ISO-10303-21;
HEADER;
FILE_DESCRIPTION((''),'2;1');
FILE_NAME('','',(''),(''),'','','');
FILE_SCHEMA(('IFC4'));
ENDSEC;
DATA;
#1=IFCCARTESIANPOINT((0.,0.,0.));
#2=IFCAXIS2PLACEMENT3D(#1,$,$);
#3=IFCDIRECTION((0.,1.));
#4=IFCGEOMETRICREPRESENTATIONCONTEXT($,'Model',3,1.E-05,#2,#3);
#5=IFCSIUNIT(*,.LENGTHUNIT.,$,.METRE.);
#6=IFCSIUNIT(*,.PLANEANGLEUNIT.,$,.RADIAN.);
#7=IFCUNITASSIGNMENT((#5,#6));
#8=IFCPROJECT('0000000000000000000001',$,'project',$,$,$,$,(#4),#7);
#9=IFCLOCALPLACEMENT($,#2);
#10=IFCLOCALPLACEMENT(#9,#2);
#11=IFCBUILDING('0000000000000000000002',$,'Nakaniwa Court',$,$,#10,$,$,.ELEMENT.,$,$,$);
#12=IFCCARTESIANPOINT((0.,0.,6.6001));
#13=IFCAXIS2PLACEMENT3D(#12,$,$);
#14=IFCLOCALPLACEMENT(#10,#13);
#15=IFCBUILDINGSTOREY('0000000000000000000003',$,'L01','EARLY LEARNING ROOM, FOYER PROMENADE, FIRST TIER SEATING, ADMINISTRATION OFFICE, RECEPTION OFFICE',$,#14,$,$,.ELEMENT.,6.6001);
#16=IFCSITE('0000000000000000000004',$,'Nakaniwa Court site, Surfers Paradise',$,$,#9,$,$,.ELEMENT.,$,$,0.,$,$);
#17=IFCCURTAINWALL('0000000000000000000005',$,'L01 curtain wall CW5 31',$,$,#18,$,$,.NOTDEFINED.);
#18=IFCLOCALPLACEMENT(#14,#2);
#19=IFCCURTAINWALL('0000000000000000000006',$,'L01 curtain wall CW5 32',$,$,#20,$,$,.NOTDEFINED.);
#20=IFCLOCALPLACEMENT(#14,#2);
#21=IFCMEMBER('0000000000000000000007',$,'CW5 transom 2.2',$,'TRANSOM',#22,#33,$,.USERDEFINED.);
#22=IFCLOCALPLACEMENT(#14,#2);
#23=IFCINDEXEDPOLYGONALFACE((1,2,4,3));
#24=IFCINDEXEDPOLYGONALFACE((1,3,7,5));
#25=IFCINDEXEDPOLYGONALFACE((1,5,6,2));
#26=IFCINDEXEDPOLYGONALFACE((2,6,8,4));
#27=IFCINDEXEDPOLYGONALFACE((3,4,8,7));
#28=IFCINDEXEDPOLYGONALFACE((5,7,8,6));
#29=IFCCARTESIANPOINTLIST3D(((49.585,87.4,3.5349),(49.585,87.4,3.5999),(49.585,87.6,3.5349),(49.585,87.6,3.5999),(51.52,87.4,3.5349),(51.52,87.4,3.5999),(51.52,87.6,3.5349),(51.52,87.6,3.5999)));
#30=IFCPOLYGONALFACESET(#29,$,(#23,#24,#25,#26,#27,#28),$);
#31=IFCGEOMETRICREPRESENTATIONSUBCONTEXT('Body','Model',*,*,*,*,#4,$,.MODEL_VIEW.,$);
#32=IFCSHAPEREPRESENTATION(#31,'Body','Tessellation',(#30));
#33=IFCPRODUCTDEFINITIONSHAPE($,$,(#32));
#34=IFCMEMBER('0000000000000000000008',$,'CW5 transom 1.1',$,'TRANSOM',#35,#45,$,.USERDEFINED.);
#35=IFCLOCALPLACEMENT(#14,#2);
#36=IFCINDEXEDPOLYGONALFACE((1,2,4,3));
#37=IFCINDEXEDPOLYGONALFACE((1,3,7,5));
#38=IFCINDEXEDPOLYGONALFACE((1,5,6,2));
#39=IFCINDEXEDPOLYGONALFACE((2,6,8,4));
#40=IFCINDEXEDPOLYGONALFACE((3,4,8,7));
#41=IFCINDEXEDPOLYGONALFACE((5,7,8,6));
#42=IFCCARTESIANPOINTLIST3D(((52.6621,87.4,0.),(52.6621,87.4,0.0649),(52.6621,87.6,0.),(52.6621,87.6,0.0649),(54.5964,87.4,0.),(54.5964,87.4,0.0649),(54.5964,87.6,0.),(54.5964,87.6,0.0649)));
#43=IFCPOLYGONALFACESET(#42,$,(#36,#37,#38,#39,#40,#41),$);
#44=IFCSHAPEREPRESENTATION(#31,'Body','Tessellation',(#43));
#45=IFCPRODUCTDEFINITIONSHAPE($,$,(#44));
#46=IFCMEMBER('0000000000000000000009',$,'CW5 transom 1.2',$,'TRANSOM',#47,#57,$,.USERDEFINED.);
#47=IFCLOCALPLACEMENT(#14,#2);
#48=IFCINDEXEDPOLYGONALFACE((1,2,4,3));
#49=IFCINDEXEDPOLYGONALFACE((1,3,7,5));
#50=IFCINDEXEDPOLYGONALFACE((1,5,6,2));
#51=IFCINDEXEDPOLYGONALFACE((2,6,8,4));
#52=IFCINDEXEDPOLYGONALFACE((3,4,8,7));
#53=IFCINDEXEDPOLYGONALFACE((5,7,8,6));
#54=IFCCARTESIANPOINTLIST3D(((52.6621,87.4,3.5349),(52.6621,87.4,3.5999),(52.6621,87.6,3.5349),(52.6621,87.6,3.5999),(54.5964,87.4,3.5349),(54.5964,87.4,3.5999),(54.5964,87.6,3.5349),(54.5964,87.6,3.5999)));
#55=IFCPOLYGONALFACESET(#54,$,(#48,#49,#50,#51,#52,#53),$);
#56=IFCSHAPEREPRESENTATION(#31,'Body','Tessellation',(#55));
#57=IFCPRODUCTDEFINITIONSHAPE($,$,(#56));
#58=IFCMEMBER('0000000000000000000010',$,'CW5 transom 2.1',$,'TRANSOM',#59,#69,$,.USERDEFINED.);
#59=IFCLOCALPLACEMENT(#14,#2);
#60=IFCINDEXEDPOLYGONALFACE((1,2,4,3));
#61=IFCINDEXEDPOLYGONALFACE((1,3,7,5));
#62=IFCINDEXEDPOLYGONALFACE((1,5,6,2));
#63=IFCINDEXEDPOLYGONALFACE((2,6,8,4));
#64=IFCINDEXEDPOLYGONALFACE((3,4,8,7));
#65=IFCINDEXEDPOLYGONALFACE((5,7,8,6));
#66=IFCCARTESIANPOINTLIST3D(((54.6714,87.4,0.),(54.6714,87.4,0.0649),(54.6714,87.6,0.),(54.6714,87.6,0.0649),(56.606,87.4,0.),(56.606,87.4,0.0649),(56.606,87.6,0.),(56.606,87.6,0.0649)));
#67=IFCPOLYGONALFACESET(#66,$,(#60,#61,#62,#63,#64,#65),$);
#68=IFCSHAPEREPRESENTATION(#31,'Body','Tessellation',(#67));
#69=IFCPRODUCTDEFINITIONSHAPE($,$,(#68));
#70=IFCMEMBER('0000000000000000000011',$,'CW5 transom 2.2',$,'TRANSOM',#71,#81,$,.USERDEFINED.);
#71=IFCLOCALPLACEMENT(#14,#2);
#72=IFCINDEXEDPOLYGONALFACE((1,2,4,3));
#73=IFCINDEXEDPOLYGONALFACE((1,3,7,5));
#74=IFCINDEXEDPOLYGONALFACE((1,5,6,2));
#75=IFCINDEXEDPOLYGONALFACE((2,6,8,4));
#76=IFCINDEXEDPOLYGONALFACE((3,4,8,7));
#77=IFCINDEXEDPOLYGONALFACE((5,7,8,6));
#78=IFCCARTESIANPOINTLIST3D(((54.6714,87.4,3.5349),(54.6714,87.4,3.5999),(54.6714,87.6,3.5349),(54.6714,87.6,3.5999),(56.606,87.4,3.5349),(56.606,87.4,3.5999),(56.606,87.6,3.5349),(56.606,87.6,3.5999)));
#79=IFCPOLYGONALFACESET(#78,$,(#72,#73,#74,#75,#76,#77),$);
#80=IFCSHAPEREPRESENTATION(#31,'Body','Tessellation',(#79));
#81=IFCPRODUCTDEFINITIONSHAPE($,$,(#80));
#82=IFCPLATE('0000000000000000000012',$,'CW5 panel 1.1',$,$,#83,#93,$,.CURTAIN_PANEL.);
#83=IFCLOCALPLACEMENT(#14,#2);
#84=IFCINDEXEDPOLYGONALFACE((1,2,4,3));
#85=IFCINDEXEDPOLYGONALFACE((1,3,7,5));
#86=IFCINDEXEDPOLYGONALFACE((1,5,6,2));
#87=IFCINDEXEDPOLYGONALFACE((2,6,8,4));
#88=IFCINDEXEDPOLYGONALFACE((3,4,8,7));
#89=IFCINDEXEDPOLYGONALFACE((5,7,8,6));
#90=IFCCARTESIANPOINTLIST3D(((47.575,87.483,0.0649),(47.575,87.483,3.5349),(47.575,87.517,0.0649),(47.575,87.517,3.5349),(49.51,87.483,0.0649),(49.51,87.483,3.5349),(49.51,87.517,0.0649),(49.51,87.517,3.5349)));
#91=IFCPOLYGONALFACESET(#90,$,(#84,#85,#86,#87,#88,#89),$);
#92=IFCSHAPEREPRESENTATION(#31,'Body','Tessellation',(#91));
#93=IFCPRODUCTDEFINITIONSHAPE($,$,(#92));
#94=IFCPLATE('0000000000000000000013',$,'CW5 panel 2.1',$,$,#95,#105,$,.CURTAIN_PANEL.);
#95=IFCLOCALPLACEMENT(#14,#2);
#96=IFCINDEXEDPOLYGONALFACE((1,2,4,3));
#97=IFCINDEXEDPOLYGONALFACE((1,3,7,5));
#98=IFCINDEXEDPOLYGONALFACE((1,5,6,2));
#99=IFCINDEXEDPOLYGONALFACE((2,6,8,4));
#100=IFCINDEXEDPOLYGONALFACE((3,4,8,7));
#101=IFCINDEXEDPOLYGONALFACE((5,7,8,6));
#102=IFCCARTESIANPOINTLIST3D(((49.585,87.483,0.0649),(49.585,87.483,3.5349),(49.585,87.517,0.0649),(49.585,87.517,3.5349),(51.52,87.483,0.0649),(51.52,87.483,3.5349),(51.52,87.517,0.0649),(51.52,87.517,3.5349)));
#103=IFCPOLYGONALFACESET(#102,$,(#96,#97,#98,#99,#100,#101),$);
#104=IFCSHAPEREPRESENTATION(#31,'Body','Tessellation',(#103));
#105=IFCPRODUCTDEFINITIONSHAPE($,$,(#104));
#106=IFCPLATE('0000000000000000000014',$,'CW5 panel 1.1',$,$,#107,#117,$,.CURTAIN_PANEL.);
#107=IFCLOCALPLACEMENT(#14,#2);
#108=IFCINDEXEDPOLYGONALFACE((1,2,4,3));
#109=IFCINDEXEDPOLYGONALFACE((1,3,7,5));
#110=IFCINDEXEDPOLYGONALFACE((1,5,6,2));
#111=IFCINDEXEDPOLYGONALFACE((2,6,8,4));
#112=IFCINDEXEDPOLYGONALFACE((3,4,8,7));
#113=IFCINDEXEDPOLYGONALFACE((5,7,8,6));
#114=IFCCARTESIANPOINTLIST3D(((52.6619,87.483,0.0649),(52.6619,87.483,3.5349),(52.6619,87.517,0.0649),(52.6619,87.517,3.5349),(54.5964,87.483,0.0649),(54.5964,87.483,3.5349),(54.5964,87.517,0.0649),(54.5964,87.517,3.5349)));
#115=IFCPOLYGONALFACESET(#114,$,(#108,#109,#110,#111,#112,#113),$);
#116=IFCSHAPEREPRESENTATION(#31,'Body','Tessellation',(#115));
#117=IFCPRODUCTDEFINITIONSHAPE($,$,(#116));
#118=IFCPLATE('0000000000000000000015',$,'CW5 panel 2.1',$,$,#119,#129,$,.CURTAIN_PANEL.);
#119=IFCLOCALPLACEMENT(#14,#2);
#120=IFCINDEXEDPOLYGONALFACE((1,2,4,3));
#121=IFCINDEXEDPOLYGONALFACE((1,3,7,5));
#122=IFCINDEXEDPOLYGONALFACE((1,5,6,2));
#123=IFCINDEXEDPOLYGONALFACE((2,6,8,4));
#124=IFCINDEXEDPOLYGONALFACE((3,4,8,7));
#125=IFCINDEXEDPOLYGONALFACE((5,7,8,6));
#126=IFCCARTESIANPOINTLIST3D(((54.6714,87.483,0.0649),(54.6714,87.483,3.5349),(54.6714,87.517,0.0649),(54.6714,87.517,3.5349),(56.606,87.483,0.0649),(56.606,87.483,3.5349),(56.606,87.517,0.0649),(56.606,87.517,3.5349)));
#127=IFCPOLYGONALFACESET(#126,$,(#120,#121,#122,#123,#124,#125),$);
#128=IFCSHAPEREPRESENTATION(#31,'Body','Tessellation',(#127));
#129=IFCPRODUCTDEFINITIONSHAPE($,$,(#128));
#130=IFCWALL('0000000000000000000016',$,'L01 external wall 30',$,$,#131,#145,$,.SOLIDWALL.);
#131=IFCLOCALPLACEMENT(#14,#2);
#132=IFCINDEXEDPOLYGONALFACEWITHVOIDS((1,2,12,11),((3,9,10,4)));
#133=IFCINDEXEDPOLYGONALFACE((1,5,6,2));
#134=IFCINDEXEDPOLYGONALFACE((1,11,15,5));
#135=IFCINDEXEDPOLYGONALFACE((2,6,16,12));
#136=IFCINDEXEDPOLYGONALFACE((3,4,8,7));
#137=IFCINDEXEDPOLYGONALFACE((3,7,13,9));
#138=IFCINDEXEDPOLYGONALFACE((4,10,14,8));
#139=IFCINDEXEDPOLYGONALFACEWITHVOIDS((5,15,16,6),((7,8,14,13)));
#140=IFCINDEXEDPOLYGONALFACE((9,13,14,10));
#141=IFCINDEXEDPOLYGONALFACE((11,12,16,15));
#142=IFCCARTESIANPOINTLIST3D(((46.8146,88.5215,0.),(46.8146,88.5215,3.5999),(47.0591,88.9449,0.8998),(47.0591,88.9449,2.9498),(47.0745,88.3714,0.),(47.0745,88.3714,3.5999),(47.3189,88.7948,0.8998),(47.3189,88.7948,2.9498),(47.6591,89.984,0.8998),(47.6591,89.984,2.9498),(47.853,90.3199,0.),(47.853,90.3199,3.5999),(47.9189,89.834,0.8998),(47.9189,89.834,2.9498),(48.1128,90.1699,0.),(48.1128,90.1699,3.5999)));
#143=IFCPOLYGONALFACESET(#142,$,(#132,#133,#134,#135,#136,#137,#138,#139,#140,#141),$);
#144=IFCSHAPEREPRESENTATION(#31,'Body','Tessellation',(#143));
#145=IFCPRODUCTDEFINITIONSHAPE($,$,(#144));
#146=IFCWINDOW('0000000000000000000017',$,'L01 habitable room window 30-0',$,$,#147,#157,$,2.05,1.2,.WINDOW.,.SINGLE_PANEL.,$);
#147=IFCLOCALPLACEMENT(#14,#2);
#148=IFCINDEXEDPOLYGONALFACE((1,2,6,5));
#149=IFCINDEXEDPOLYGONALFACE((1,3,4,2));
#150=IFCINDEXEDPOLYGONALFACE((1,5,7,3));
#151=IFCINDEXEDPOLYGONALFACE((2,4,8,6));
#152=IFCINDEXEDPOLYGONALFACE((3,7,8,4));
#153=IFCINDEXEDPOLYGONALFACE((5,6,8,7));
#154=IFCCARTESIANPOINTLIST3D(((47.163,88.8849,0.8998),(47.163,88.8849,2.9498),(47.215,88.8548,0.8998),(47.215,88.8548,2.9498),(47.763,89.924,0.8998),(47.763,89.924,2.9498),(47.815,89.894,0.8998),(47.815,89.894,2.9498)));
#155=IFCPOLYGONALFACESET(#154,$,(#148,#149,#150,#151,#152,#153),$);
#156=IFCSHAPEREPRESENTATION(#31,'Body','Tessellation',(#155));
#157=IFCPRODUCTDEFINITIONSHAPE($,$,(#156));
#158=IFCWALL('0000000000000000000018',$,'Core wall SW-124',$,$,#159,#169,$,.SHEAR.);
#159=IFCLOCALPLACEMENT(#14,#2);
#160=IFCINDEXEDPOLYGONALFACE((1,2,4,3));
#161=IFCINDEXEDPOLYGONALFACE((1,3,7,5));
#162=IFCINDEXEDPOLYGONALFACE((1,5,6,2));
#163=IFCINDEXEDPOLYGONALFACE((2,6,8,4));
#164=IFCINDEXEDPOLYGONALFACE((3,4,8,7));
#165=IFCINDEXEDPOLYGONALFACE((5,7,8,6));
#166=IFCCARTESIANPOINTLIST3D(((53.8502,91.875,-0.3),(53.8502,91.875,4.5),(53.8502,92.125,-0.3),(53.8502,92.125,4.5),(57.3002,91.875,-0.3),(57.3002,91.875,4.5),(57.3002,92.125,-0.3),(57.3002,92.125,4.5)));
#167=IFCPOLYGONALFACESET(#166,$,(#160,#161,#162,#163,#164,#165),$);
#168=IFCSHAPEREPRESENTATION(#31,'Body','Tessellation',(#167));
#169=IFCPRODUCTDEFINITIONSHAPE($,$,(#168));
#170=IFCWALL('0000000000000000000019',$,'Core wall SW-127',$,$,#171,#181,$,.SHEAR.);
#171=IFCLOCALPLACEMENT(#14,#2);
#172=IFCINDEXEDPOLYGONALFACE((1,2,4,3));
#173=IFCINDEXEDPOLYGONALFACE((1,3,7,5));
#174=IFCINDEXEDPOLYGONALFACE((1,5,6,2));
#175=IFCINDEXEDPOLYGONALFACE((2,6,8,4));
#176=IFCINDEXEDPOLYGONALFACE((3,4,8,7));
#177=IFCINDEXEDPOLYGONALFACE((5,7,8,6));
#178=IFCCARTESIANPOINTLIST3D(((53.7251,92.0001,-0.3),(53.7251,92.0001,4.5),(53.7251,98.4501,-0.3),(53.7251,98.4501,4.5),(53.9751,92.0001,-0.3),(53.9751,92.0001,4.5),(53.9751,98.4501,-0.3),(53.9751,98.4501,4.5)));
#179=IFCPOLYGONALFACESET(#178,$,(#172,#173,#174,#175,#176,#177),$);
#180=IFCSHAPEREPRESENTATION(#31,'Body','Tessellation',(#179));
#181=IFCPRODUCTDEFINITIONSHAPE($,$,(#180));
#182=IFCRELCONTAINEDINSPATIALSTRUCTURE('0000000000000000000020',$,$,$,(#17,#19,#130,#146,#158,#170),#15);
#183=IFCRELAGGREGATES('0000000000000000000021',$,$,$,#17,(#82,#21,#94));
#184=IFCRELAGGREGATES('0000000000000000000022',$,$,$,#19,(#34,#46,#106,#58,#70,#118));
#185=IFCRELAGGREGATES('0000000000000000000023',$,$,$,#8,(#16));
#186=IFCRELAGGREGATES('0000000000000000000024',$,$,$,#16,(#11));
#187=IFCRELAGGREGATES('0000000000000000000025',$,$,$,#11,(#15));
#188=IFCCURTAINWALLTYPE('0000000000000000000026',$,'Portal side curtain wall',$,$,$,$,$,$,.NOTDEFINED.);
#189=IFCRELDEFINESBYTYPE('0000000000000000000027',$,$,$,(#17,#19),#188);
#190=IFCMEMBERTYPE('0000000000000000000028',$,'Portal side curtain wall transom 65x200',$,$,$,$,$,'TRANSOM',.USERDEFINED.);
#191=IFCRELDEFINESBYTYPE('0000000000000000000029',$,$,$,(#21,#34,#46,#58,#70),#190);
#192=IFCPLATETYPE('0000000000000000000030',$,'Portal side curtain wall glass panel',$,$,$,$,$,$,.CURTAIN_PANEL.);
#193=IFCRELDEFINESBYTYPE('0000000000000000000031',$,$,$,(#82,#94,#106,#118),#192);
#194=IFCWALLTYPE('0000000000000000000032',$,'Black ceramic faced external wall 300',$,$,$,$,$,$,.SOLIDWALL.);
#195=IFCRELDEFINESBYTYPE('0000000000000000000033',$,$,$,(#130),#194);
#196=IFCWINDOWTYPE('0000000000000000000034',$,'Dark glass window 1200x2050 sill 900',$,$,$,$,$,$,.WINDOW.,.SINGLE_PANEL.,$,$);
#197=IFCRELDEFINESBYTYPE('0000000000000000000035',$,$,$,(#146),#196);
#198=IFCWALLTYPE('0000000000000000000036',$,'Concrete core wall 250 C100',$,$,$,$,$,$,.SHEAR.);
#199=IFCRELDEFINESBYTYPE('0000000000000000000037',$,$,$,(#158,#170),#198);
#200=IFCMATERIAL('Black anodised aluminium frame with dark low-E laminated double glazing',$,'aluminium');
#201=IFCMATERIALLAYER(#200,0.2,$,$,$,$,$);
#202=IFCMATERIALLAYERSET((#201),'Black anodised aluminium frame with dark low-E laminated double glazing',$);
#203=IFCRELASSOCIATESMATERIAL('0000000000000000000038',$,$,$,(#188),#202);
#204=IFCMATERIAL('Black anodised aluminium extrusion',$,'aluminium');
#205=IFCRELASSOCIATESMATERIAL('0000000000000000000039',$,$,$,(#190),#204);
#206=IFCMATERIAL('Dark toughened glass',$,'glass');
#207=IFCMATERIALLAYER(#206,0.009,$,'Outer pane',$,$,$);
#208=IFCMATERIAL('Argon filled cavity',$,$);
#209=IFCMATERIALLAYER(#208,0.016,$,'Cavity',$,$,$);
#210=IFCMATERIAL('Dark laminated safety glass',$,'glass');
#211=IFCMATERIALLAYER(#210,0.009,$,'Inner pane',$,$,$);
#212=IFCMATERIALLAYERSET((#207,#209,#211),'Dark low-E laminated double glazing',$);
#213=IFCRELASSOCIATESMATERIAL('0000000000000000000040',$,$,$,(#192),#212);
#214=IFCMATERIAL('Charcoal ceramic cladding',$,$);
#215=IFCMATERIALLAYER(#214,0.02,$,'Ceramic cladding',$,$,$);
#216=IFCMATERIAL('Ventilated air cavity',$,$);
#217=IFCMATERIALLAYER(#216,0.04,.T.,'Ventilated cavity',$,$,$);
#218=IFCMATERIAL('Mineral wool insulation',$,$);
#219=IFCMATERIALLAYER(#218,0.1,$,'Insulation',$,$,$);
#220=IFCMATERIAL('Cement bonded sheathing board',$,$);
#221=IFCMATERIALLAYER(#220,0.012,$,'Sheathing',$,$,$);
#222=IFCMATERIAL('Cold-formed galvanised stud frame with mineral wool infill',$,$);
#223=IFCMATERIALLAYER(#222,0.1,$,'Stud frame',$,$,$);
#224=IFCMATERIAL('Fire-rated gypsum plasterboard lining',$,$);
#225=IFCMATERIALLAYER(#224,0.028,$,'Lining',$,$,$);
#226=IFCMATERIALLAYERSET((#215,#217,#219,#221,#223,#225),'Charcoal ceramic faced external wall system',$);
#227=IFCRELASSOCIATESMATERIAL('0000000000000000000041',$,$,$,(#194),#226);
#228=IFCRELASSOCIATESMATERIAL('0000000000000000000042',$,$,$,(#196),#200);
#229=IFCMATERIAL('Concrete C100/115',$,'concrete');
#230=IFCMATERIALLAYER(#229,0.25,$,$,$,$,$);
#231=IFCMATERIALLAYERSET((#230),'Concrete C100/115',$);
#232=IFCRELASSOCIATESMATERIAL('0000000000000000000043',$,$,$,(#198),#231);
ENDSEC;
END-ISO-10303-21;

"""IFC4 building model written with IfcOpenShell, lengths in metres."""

from ifc_helpers import new_model, si_unit, direction, frame, frame_2d, origin, origin_2d, place, context, subcontext, project, spatial, rectangle, extrude, material, layer, layer_set, material_profile, profile_set, type_object, element, fill, aggregate, save


model = new_model("IFC4")

# Units and contexts
model_context = context("Model", 3, precision=1e-05, world=origin(), true_north=direction((0.0, 1.0)))
body_context = subcontext(model_context, "Body", "Model", "MODEL_VIEW")
ifc_project = project(units=[si_unit("LENGTHUNIT", "METRE"), si_unit("PLANEANGLEUNIT", "RADIAN")], contexts=[model_context])

# Site, building, storey
site_placement = place(None, origin())
site = spatial("IfcSite", under=ifc_project, at=site_placement, Name="Nakaniwa Court site, Surfers Paradise", CompositionType="ELEMENT", RefElevation=0.0)
building_placement = place(site_placement, origin())
building = spatial("IfcBuilding", under=site, at=building_placement, Name="Nakaniwa Court", CompositionType="ELEMENT")
storey_placement = place(building_placement, frame((0.0, 0.0, 6.6001)))
storey = spatial("IfcBuildingStorey", under=building, at=storey_placement, Name="L01", Description="EARLY LEARNING ROOM, FOYER PROMENADE, FIRST TIER SEATING, ADMINISTRATION OFFICE, RECEPTION OFFICE", CompositionType="ELEMENT", Elevation=6.6001)

# Shared definitions
ifc_material_1 = material(Name="Concrete C100/115", Category="concrete")

# Curtain walls
ifc_material_2 = material(Name="Black anodised aluminium frame with dark low-E laminated double glazing", Category="aluminium")
ifc_layer_1 = layer(ifc_material_2, 0.2)
ifc_layer_set_1 = layer_set([ifc_layer_1], Name="Black anodised aluminium frame with dark low-E laminated double glazing")
curtain_wall_type = type_object("IfcCurtainWallType", Name="Portal side curtain wall", PredefinedType="NOTDEFINED", material=ifc_layer_set_1)
curtain_wall_1_placement = place(storey_placement, origin())
curtain_wall_1 = element("IfcCurtainWall", 1, at=curtain_wall_1_placement, inside=storey, type_object=curtain_wall_type, Name="L01 curtain wall CW5 31", PredefinedType="NOTDEFINED")
ifc_material_3 = material(Name="Black anodised aluminium extrusion", Category="aluminium")
curtain_wall_2_placement = place(storey_placement, origin())
curtain_wall_2 = element("IfcCurtainWall", 2, at=curtain_wall_2_placement, inside=storey, type_object=curtain_wall_type, Name="L01 curtain wall CW5 32", PredefinedType="NOTDEFINED")

# Members
ifc_material_profile_1 = material_profile(ifc_material_3, rectangle(XDim=0.2, YDim=0.0649, at=origin_2d()), Name="Portal side curtain wall transom 65x200")
ifc_profile_set_1 = profile_set([ifc_material_profile_1], Name="Black anodised aluminium extrusion")
member_type_1 = type_object("IfcMemberType", Name="Portal side curtain wall transom 65x200", ElementType="TRANSOM", PredefinedType="USERDEFINED", material=ifc_profile_set_1)
member_1_placement = place(storey_placement, frame((49.585, 87.5, 3.5674), z_axis=(1.0, 0.0, 0.0), x_axis=(0.0, 1.0, 0.0)))
member_1 = element("IfcMember", 3, at=member_1_placement, type_object=member_type_1, Name="CW5 transom 2.2", ObjectType="TRANSOM", PredefinedType="USERDEFINED", context=body_context, shape_type="SweptSolid", body=[
    extrude(rectangle(XDim=0.2, YDim=0.0649, at=origin_2d()), origin(), (0.0, 0.0, 1.0), 1.9351),
])
member_2_placement = place(storey_placement, frame((52.6621, 87.5, 0.0325), z_axis=(1.0, 0.0, 0.0), x_axis=(0.0, 1.0, 0.0)))
member_2 = element("IfcMember", 4, at=member_2_placement, type_object=member_type_1, Name="CW5 transom 1.1", ObjectType="TRANSOM", PredefinedType="USERDEFINED", context=body_context, shape_type="SweptSolid", body=[
    extrude(rectangle(XDim=0.2, YDim=0.0649, at=origin_2d()), origin(), (0.0, 0.0, 1.0), 1.9343),
])
member_3_placement = place(storey_placement, frame((52.6621, 87.5, 3.5674), z_axis=(1.0, 0.0, 0.0), x_axis=(0.0, 1.0, 0.0)))
member_3 = element("IfcMember", 5, at=member_3_placement, type_object=member_type_1, Name="CW5 transom 1.2", ObjectType="TRANSOM", PredefinedType="USERDEFINED", context=body_context, shape_type="SweptSolid", body=[
    extrude(rectangle(XDim=0.2, YDim=0.0649, at=origin_2d()), origin(), (0.0, 0.0, 1.0), 1.9343),
])
member_4_placement = place(storey_placement, frame((54.6714, 87.5, 0.0325), z_axis=(1.0, 0.0, 0.0), x_axis=(0.0, 1.0, 0.0)))
member_4 = element("IfcMember", 6, at=member_4_placement, type_object=member_type_1, Name="CW5 transom 2.1", ObjectType="TRANSOM", PredefinedType="USERDEFINED", context=body_context, shape_type="SweptSolid", body=[
    extrude(rectangle(XDim=0.2, YDim=0.0649, at=origin_2d()), origin(), (0.0, 0.0, 1.0), 1.9346),
])
member_5_placement = place(storey_placement, frame((54.6714, 87.5, 3.5674), z_axis=(1.0, 0.0, 0.0), x_axis=(0.0, 1.0, 0.0)))
member_5 = element("IfcMember", 7, at=member_5_placement, type_object=member_type_1, Name="CW5 transom 2.2", ObjectType="TRANSOM", PredefinedType="USERDEFINED", context=body_context, shape_type="SweptSolid", body=[
    extrude(rectangle(XDim=0.2, YDim=0.0649, at=origin_2d()), origin(), (0.0, 0.0, 1.0), 1.9346),
])

# Plates
ifc_material_4 = material(Name="Dark toughened glass", Category="glass")
ifc_layer_2 = layer(ifc_material_4, 0.009, Name="Outer pane")
ifc_material_5 = material(Name="Argon filled cavity")
ifc_layer_3 = layer(ifc_material_5, 0.016, Name="Cavity")
ifc_material_6 = material(Name="Dark laminated safety glass", Category="glass")
ifc_layer_4 = layer(ifc_material_6, 0.009, Name="Inner pane")
ifc_layer_set_2 = layer_set([ifc_layer_2, ifc_layer_3, ifc_layer_4], Name="Dark low-E laminated double glazing")
plate_type = type_object("IfcPlateType", Name="Portal side curtain wall glass panel", PredefinedType="CURTAIN_PANEL", material=ifc_layer_set_2)
plate_1_placement = place(storey_placement, frame((48.5425, 87.5, 0.0649), z_axis=(0.0, 0.0, 1.0), x_axis=(1.0, 0.0, 0.0)))
plate_1 = element("IfcPlate", 8, at=plate_1_placement, type_object=plate_type, Name="CW5 panel 1.1", PredefinedType="CURTAIN_PANEL", context=body_context, shape_type="SweptSolid", body=[
    extrude(rectangle(XDim=1.9351, YDim=0.0339, at=origin_2d()), origin(), (0.0, 0.0, 1.0), 3.47),
])
plate_2_placement = place(storey_placement, frame((50.5525, 87.5, 0.0649), z_axis=(0.0, 0.0, 1.0), x_axis=(1.0, 0.0, 0.0)))
plate_2 = element("IfcPlate", 9, at=plate_2_placement, type_object=plate_type, Name="CW5 panel 2.1", PredefinedType="CURTAIN_PANEL", context=body_context, shape_type="SweptSolid", body=[
    extrude(rectangle(XDim=1.9351, YDim=0.0339, at=origin_2d()), origin(), (0.0, 0.0, 1.0), 3.47),
])
aggregate(curtain_wall_1, [plate_1, member_1, plate_2])
plate_3_placement = place(storey_placement, frame((53.6292, 87.5, 0.0649), z_axis=(0.0, 0.0, 1.0), x_axis=(1.0, 0.0, 0.0)))
plate_3 = element("IfcPlate", 10, at=plate_3_placement, type_object=plate_type, Name="CW5 panel 1.1", PredefinedType="CURTAIN_PANEL", context=body_context, shape_type="SweptSolid", body=[
    extrude(rectangle(XDim=1.9346, YDim=0.0339, at=origin_2d()), origin(), (0.0, 0.0, 1.0), 3.47),
])
plate_4_placement = place(storey_placement, frame((55.6387, 87.5, 0.0649), z_axis=(0.0, 0.0, 1.0), x_axis=(1.0, 0.0, 0.0)))
plate_4 = element("IfcPlate", 11, at=plate_4_placement, type_object=plate_type, Name="CW5 panel 2.1", PredefinedType="CURTAIN_PANEL", context=body_context, shape_type="SweptSolid", body=[
    extrude(rectangle(XDim=1.9346, YDim=0.0339, at=origin_2d()), origin(), (0.0, 0.0, 1.0), 3.47),
])
aggregate(curtain_wall_2, [member_2, member_3, plate_3, member_4, member_5, plate_4])

# Wall, opening, window
ifc_material_7 = material(Name="Charcoal ceramic cladding")
ifc_layer_5 = layer(ifc_material_7, 0.02, Name="Ceramic cladding")
ifc_material_8 = material(Name="Ventilated air cavity")
ifc_layer_6 = layer(ifc_material_8, 0.04, ventilated=True, Name="Ventilated cavity")
ifc_material_9 = material(Name="Mineral wool insulation")
ifc_layer_7 = layer(ifc_material_9, 0.1, Name="Insulation")
ifc_material_10 = material(Name="Cement bonded sheathing board")
ifc_layer_8 = layer(ifc_material_10, 0.012, Name="Sheathing")
ifc_material_11 = material(Name="Cold-formed galvanised stud frame with mineral wool infill")
ifc_layer_9 = layer(ifc_material_11, 0.1, Name="Stud frame")
ifc_material_12 = material(Name="Fire-rated gypsum plasterboard lining")
ifc_layer_10 = layer(ifc_material_12, 0.028, Name="Lining")
ifc_layer_set_3 = layer_set([ifc_layer_5, ifc_layer_6, ifc_layer_7, ifc_layer_8, ifc_layer_9, ifc_layer_10], Name="Charcoal ceramic faced external wall system")
wall_type_1 = type_object("IfcWallType", Name="Black ceramic faced external wall 300", PredefinedType="SOLIDWALL", material=ifc_layer_set_3)
wall_1_placement = place(storey_placement, frame((47.9829, 90.2449, 0.0), z_axis=(0.0, 0.0, 1.0), x_axis=(-0.500021, -0.866013, 0.0)))
wall_1 = element("IfcWall", 12, at=wall_1_placement, inside=storey, type_object=wall_type_1, Name="L01 external wall 30", PredefinedType="SOLIDWALL", context=body_context, shape_type="SweptSolid", body=[
    extrude(rectangle(XDim=2.0767, YDim=0.3, at=frame_2d((1.0383, 0.0))), origin(), (0.0, 0.0, 1.0), 3.5999),
])
opening_placement = place(wall_1_placement, frame((0.3877, 0.0, 0.8999)))
opening = element("IfcOpeningElement", 13, at=opening_placement, cuts=wall_1, PredefinedType="OPENING", context=body_context, shape_type="SweptSolid", body=[
    extrude(rectangle(XDim=1.2, YDim=2.05, at=frame_2d((0.6001, 1.0249))), frame((0.0, 0.1599, 0.0), z_axis=(0.0, -1.0, 0.0), x_axis=(1.0, 0.0, 0.0)), (0.0, 0.0, 1.0), 0.3201),
])
window_type = type_object("IfcWindowType", Name="Dark glass window 1200x2050 sill 900", PartitioningType="SINGLE_PANEL", PredefinedType="WINDOW", material=ifc_material_2)
window_placement = place(opening_placement, origin())
window = element("IfcWindow", 14, at=window_placement, inside=storey, type_object=window_type, Name="L01 habitable room window 30-0", OverallHeight=2.05, OverallWidth=1.2, PartitioningType="SINGLE_PANEL", PredefinedType="WINDOW", context=body_context, shape_type="SweptSolid", body=[
    extrude(rectangle(XDim=1.2, YDim=2.05, at=frame_2d((0.6001, 1.0249))), frame((0.0, 0.03, 0.0), z_axis=(0.0, -1.0, 0.0), x_axis=(1.0, 0.0, 0.0)), (0.0, 0.0, 1.0), 0.0601),
])
fill(opening, window)

# Walls
ifc_layer_11 = layer(ifc_material_1, 0.25)
ifc_layer_set_4 = layer_set([ifc_layer_11], Name="Concrete C100/115")
wall_type_2 = type_object("IfcWallType", Name="Concrete core wall 250 C100", PredefinedType="SHEAR", material=ifc_layer_set_4)
wall_2_placement = place(storey_placement, frame((53.8501, 92.0, -0.3), z_axis=(0.0, 0.0, 1.0), x_axis=(1.0, 0.0, 0.0)))
element("IfcWall", 15, at=wall_2_placement, inside=storey, type_object=wall_type_2, Name="Core wall SW-124", PredefinedType="SHEAR", context=body_context, shape_type="SweptSolid", body=[
    extrude(rectangle(XDim=3.45, YDim=0.25, at=frame_2d((1.7251, 0.0))), origin(), (0.0, 0.0, 1.0), 4.8),
])
wall_3_placement = place(storey_placement, frame((53.8501, 92.0, -0.3), z_axis=(0.0, 0.0, 1.0), x_axis=(0.0, 1.0, 0.0)))
element("IfcWall", 16, at=wall_3_placement, inside=storey, type_object=wall_type_2, Name="Core wall SW-127", PredefinedType="SHEAR", context=body_context, shape_type="SweptSolid", body=[
    extrude(rectangle(XDim=6.45, YDim=0.25, at=frame_2d((3.2251, 0.0))), origin(), (0.0, 0.0, 1.0), 4.8),
])

save(model, "model.ifc")
